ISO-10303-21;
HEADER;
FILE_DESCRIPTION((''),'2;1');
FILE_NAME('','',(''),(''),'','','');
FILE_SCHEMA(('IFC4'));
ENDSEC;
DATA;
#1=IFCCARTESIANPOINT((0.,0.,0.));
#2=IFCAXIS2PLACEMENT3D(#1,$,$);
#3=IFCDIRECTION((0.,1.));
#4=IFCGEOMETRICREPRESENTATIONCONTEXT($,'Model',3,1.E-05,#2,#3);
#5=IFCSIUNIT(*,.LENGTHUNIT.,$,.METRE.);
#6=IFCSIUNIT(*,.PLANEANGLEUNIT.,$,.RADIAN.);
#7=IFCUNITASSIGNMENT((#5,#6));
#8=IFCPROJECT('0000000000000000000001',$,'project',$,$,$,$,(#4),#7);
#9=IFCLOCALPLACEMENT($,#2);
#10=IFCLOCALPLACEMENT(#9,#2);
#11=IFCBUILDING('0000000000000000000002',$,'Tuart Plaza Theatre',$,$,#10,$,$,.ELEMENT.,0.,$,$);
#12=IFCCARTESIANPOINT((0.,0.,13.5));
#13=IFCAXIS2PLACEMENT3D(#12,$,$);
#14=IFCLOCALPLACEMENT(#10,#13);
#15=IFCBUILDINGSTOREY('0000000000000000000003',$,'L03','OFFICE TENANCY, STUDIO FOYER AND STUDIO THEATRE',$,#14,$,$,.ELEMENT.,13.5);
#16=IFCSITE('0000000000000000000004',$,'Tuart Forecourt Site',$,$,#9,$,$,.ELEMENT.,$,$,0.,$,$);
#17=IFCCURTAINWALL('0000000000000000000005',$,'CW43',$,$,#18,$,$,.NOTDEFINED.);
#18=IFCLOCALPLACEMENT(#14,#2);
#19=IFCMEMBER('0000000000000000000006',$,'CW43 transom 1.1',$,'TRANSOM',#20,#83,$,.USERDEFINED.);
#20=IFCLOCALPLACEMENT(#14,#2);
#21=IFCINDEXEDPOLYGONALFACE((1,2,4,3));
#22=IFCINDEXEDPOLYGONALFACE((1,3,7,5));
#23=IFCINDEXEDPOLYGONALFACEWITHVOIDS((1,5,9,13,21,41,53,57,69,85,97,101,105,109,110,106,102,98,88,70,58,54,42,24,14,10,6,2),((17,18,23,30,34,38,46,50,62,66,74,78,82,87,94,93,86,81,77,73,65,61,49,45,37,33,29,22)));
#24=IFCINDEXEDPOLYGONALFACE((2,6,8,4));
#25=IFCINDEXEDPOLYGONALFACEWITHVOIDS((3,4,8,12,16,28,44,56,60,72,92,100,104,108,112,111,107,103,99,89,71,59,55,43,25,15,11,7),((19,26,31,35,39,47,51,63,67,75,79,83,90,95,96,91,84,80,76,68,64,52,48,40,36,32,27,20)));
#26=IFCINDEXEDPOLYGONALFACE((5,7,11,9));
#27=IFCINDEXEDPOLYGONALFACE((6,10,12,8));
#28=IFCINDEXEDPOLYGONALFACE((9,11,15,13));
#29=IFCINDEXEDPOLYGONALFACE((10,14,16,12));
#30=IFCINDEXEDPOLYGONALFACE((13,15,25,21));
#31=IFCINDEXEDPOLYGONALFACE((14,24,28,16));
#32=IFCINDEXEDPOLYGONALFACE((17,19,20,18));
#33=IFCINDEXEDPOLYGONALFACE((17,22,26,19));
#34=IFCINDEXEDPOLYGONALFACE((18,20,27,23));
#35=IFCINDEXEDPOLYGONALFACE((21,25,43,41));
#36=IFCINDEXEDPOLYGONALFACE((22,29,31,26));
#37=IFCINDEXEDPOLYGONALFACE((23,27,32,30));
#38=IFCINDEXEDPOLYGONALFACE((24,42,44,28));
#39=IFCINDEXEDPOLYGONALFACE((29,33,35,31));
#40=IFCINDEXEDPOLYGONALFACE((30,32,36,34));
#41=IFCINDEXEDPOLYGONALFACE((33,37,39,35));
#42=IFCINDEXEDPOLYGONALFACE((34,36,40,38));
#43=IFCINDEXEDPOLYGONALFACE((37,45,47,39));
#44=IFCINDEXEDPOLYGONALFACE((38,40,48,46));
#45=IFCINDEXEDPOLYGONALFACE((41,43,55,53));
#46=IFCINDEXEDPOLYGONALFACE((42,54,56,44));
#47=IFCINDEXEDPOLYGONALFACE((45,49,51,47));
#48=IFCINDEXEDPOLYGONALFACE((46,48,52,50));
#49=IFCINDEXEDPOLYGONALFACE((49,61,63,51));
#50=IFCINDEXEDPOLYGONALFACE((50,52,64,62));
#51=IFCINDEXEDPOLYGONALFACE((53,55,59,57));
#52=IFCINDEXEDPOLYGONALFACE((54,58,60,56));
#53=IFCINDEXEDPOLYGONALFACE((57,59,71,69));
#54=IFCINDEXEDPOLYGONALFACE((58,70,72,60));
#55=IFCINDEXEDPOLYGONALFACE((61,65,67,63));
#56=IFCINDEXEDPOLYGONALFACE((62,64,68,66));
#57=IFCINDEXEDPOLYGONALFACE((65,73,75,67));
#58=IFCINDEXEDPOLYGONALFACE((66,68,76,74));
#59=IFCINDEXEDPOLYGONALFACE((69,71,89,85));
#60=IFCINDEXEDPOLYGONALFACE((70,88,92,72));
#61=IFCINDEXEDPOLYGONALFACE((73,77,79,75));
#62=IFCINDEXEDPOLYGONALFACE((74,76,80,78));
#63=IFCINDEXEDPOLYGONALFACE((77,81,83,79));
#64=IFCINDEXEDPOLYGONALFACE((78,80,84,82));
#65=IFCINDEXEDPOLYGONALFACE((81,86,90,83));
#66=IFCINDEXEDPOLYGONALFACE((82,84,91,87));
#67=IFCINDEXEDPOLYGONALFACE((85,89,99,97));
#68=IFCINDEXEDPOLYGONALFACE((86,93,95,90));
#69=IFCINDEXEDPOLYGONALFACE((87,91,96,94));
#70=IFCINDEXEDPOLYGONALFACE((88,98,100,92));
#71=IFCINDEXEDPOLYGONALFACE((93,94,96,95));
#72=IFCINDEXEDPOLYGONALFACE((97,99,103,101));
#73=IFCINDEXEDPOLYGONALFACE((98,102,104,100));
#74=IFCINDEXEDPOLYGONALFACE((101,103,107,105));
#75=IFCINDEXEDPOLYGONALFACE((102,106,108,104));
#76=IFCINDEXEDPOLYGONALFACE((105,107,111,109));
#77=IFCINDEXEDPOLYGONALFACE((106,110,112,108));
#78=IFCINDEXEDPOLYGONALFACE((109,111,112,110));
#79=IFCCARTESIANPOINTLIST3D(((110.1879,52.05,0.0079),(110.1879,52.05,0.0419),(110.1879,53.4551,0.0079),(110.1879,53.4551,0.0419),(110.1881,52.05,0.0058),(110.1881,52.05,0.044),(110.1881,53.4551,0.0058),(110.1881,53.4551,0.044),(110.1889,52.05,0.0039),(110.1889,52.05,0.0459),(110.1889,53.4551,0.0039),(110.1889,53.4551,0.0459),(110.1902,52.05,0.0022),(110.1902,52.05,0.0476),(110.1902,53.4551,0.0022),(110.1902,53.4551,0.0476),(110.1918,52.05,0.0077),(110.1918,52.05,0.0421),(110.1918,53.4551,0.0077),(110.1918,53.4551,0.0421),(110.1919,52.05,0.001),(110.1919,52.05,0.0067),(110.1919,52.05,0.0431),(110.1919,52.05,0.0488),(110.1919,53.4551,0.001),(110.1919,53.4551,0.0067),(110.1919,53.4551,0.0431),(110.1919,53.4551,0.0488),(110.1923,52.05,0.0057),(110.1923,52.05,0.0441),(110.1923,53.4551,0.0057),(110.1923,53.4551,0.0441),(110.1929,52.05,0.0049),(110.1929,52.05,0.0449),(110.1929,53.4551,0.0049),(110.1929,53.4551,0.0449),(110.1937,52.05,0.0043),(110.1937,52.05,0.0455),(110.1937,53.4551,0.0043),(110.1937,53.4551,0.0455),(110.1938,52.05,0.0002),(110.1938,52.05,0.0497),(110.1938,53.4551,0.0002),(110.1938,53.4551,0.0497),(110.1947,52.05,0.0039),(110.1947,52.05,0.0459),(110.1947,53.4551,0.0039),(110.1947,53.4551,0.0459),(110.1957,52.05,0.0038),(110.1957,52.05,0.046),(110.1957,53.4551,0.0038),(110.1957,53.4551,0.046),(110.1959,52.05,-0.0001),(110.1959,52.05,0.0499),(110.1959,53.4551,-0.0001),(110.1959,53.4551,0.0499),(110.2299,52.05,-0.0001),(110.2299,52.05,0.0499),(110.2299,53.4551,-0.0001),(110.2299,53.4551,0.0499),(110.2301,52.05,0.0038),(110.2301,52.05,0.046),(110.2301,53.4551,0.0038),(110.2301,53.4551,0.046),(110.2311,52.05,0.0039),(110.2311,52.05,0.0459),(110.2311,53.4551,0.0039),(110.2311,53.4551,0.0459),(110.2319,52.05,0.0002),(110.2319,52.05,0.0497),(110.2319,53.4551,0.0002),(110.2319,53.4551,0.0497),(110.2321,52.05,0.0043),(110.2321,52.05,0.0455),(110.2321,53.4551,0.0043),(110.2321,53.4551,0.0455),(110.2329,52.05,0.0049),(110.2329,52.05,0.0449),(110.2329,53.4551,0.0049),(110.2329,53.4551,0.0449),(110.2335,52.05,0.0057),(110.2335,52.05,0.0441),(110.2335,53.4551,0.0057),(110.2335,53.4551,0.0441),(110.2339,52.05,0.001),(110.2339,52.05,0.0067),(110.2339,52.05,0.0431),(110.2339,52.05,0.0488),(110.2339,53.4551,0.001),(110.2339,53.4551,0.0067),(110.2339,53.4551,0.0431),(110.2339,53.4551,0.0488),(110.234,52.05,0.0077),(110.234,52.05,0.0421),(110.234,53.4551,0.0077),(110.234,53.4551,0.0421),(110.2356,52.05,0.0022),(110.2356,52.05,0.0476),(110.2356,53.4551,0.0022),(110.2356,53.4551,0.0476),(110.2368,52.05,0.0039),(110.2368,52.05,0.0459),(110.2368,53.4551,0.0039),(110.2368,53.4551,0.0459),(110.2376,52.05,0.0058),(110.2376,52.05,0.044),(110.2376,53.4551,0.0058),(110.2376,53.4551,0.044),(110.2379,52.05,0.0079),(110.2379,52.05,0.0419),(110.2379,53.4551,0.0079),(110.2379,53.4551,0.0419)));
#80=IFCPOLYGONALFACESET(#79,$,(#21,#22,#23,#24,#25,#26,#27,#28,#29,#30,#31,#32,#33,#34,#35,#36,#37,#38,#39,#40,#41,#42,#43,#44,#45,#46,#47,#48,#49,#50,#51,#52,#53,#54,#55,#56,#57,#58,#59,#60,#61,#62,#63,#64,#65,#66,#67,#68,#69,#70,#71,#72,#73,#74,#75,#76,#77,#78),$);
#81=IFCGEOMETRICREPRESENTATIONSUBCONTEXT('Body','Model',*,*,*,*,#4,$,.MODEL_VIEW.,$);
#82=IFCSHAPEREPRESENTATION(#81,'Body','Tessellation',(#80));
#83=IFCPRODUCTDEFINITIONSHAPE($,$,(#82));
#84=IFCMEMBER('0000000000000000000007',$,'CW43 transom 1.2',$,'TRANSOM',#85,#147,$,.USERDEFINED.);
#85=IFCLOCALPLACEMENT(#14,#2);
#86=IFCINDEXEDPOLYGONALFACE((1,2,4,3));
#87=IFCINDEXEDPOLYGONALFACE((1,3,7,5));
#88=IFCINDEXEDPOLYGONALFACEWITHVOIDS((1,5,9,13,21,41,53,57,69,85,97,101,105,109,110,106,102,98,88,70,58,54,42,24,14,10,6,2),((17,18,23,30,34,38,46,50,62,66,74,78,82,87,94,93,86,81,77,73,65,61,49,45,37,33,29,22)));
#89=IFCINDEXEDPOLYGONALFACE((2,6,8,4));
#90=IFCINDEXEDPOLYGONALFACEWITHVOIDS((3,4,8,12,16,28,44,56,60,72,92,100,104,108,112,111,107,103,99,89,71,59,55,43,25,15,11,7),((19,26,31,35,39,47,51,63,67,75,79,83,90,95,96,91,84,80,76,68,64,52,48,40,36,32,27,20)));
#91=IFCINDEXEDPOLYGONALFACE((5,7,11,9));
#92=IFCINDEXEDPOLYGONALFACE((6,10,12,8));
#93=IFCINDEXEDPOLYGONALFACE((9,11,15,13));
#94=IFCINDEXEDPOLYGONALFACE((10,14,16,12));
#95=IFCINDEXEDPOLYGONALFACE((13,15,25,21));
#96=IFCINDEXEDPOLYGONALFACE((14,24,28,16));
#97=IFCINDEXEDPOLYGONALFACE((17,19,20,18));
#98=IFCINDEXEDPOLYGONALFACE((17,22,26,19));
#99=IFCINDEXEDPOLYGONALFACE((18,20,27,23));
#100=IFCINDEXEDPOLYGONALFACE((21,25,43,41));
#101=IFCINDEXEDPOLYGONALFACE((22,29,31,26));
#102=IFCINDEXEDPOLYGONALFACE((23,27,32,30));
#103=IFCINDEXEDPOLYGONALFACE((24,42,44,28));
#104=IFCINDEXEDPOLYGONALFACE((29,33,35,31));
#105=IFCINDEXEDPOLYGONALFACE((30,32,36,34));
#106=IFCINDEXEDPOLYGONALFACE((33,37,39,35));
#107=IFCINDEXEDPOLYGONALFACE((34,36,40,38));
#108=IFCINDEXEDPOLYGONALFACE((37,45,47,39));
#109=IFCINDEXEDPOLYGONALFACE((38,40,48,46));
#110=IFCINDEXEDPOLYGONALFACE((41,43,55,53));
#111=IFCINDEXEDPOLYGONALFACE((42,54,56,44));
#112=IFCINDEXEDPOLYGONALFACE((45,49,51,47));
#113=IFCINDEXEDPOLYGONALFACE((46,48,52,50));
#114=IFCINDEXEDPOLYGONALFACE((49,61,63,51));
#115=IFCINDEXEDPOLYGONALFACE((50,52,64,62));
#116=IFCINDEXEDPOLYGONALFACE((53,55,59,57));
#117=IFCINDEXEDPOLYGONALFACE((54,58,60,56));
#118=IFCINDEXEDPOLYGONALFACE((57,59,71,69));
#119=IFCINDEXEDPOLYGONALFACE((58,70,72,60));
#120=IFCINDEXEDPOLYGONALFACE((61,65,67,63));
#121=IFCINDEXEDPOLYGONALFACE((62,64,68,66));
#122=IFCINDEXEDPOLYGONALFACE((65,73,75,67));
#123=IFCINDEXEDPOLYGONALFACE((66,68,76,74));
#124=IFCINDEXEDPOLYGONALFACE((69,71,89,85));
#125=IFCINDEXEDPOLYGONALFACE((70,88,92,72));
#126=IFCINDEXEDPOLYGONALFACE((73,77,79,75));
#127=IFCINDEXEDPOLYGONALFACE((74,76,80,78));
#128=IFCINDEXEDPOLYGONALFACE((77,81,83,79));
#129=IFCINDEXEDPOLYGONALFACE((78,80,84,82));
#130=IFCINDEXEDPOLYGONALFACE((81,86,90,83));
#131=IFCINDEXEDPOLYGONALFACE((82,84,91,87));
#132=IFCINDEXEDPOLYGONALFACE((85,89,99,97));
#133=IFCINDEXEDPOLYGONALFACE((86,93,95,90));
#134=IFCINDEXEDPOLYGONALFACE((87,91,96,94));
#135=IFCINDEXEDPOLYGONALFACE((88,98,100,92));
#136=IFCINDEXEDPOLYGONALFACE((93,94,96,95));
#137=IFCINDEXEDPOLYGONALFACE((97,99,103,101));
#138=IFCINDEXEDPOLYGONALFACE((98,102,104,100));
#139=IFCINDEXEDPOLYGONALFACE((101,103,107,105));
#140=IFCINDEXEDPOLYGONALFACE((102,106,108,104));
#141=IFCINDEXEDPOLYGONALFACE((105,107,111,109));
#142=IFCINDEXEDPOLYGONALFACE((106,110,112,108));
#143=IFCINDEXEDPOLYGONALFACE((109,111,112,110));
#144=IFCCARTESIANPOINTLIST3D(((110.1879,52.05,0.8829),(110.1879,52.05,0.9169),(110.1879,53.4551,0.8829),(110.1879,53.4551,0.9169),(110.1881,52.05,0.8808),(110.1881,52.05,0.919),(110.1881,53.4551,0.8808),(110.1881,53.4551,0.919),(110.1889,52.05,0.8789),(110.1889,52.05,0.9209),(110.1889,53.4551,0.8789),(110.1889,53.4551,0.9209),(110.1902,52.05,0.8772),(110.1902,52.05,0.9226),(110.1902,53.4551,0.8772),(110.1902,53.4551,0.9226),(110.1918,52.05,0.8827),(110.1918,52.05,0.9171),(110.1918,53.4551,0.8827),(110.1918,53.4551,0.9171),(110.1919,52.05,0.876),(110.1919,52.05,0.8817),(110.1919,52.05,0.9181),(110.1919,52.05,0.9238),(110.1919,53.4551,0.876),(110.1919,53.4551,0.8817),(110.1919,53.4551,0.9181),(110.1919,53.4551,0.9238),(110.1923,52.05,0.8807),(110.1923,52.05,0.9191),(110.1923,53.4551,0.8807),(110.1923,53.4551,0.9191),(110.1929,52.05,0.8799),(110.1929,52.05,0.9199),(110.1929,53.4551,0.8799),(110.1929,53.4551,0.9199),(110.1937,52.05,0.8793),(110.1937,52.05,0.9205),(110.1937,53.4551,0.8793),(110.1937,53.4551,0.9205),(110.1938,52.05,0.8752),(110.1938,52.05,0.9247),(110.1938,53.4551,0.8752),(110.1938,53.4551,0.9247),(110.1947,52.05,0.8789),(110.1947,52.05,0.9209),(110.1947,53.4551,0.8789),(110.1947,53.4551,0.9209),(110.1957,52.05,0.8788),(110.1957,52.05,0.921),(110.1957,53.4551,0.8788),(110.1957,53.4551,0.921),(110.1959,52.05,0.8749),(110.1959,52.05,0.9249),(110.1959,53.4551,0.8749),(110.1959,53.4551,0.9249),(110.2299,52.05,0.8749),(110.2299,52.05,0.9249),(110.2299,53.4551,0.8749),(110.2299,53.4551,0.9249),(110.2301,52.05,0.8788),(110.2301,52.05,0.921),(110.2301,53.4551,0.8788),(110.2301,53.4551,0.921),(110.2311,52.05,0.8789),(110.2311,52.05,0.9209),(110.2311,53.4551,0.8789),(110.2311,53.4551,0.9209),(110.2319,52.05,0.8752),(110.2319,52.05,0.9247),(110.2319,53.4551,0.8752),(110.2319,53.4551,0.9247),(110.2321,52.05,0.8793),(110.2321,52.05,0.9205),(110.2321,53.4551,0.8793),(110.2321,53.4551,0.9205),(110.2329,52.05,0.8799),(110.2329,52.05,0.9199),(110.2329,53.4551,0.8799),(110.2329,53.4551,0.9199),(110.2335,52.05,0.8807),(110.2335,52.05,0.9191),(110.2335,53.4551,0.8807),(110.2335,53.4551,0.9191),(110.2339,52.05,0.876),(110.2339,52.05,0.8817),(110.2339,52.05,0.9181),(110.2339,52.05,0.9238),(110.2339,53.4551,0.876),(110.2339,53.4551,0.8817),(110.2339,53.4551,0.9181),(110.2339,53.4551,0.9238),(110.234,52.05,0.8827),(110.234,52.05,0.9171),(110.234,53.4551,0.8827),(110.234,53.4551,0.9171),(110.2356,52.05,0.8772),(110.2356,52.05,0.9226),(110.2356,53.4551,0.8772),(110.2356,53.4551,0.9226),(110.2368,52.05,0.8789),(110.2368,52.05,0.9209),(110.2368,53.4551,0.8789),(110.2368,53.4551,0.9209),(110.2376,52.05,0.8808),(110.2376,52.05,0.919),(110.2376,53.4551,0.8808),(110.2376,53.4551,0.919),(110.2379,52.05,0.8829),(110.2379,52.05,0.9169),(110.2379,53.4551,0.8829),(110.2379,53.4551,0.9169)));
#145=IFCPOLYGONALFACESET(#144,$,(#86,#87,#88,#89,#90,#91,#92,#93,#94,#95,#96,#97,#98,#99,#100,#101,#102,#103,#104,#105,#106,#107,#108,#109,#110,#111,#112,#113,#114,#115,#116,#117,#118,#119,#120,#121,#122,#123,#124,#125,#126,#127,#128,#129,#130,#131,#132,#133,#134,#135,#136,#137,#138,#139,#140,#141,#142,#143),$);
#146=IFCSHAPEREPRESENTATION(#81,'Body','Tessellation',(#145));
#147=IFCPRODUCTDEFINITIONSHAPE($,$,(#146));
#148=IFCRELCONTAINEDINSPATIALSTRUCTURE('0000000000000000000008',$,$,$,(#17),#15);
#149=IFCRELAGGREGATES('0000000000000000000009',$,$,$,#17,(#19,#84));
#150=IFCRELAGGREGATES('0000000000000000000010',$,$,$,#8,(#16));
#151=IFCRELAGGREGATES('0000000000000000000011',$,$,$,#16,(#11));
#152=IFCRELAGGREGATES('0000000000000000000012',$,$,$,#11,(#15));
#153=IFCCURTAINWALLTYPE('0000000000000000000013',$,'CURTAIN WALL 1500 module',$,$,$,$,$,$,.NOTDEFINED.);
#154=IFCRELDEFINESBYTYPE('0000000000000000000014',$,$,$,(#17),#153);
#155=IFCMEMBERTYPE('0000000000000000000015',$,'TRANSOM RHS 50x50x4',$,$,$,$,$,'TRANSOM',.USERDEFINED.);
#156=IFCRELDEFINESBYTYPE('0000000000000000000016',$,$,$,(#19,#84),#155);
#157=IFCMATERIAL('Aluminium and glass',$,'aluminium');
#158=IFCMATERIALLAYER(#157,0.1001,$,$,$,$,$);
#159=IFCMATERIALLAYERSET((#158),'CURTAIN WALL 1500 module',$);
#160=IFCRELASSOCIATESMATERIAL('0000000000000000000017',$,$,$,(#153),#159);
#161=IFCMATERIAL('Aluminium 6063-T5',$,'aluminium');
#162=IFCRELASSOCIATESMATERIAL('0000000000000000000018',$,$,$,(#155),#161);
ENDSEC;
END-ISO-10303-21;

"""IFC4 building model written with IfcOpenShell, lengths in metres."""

from ifc_helpers import new_model, si_unit, direction, frame, origin, origin_2d, place, context, subcontext, project, spatial, hollow_rectangle, extrude, material, layer, layer_set, material_profile, profile_set, type_object, element, aggregate, save


model = new_model("IFC4")

# Units and contexts
model_context = context("Model", 3, precision=1e-05, world=origin(), true_north=direction((0.0, 1.0)))
body_context = subcontext(model_context, "Body", "Model", "MODEL_VIEW")
ifc_project = project(units=[si_unit("LENGTHUNIT", "METRE"), si_unit("PLANEANGLEUNIT", "RADIAN")], contexts=[model_context])

# Site, building, storey
site_placement = place(None, origin())
site = spatial("IfcSite", under=ifc_project, at=site_placement, Name="Tuart Forecourt Site", CompositionType="ELEMENT", RefElevation=0.0)
building_placement = place(site_placement, origin())
building = spatial("IfcBuilding", under=site, at=building_placement, Name="Tuart Plaza Theatre", CompositionType="ELEMENT", ElevationOfRefHeight=0.0)
storey_placement = place(building_placement, frame((0.0, 0.0, 13.5)))
storey = spatial("IfcBuildingStorey", under=building, at=storey_placement, Name="L03", Description="OFFICE TENANCY, STUDIO FOYER AND STUDIO THEATRE", CompositionType="ELEMENT", Elevation=13.5)

# Curtain wall, members
ifc_material_1 = material(Name="Aluminium and glass", Category="aluminium")
ifc_layer_1 = layer(ifc_material_1, 0.1001)
ifc_layer_set_1 = layer_set([ifc_layer_1], Name="CURTAIN WALL 1500 module")
curtain_wall_type = type_object("IfcCurtainWallType", Name="CURTAIN WALL 1500 module", PredefinedType="NOTDEFINED", material=ifc_layer_set_1)
curtain_wall_placement = place(storey_placement, origin())
curtain_wall = element("IfcCurtainWall", 1, at=curtain_wall_placement, inside=storey, type_object=curtain_wall_type, Name="CW43", PredefinedType="NOTDEFINED")
ifc_material_2 = material(Name="Aluminium 6063-T5", Category="aluminium")
ifc_material_profile_1 = material_profile(ifc_material_2, hollow_rectangle(XDim=0.05, YDim=0.05, WallThickness=0.0039, InnerFilletRadius=0.0039, OuterFilletRadius=0.0081, at=origin_2d()), Name="RHS 50x50x4")
ifc_profile_set_1 = profile_set([ifc_material_profile_1], Name="Aluminium 6063-T5")
member_type_1 = type_object("IfcMemberType", Name="TRANSOM RHS 50x50x4", ElementType="TRANSOM", PredefinedType="USERDEFINED", material=ifc_profile_set_1)
member_1_placement = place(storey_placement, frame((110.2129, 52.05, 0.0249), z_axis=(0.0, 1.0, 0.0), x_axis=(-1.0, 0.0, 0.0)))
member_1 = element("IfcMember", 2, at=member_1_placement, type_object=member_type_1, Name="CW43 transom 1.1", ObjectType="TRANSOM", PredefinedType="USERDEFINED", context=body_context, shape_type="SweptSolid", body=[
    extrude(hollow_rectangle(XDim=0.05, YDim=0.05, WallThickness=0.0039, InnerFilletRadius=0.0039, OuterFilletRadius=0.0081, at=origin_2d()), origin(), (0.0, 0.0, 1.0), 1.405),
])
member_2_placement = place(storey_placement, frame((110.2129, 52.05, 0.8999), z_axis=(0.0, 1.0, 0.0), x_axis=(-1.0, 0.0, 0.0)))
member_2 = element("IfcMember", 3, at=member_2_placement, type_object=member_type_1, Name="CW43 transom 1.2", ObjectType="TRANSOM", PredefinedType="USERDEFINED", context=body_context, shape_type="SweptSolid", body=[
    extrude(hollow_rectangle(XDim=0.05, YDim=0.05, WallThickness=0.0039, InnerFilletRadius=0.0039, OuterFilletRadius=0.0081, at=origin_2d()), origin(), (0.0, 0.0, 1.0), 1.405),
])
aggregate(curtain_wall, [member_1, member_2])

save(model, "model.ifc")
